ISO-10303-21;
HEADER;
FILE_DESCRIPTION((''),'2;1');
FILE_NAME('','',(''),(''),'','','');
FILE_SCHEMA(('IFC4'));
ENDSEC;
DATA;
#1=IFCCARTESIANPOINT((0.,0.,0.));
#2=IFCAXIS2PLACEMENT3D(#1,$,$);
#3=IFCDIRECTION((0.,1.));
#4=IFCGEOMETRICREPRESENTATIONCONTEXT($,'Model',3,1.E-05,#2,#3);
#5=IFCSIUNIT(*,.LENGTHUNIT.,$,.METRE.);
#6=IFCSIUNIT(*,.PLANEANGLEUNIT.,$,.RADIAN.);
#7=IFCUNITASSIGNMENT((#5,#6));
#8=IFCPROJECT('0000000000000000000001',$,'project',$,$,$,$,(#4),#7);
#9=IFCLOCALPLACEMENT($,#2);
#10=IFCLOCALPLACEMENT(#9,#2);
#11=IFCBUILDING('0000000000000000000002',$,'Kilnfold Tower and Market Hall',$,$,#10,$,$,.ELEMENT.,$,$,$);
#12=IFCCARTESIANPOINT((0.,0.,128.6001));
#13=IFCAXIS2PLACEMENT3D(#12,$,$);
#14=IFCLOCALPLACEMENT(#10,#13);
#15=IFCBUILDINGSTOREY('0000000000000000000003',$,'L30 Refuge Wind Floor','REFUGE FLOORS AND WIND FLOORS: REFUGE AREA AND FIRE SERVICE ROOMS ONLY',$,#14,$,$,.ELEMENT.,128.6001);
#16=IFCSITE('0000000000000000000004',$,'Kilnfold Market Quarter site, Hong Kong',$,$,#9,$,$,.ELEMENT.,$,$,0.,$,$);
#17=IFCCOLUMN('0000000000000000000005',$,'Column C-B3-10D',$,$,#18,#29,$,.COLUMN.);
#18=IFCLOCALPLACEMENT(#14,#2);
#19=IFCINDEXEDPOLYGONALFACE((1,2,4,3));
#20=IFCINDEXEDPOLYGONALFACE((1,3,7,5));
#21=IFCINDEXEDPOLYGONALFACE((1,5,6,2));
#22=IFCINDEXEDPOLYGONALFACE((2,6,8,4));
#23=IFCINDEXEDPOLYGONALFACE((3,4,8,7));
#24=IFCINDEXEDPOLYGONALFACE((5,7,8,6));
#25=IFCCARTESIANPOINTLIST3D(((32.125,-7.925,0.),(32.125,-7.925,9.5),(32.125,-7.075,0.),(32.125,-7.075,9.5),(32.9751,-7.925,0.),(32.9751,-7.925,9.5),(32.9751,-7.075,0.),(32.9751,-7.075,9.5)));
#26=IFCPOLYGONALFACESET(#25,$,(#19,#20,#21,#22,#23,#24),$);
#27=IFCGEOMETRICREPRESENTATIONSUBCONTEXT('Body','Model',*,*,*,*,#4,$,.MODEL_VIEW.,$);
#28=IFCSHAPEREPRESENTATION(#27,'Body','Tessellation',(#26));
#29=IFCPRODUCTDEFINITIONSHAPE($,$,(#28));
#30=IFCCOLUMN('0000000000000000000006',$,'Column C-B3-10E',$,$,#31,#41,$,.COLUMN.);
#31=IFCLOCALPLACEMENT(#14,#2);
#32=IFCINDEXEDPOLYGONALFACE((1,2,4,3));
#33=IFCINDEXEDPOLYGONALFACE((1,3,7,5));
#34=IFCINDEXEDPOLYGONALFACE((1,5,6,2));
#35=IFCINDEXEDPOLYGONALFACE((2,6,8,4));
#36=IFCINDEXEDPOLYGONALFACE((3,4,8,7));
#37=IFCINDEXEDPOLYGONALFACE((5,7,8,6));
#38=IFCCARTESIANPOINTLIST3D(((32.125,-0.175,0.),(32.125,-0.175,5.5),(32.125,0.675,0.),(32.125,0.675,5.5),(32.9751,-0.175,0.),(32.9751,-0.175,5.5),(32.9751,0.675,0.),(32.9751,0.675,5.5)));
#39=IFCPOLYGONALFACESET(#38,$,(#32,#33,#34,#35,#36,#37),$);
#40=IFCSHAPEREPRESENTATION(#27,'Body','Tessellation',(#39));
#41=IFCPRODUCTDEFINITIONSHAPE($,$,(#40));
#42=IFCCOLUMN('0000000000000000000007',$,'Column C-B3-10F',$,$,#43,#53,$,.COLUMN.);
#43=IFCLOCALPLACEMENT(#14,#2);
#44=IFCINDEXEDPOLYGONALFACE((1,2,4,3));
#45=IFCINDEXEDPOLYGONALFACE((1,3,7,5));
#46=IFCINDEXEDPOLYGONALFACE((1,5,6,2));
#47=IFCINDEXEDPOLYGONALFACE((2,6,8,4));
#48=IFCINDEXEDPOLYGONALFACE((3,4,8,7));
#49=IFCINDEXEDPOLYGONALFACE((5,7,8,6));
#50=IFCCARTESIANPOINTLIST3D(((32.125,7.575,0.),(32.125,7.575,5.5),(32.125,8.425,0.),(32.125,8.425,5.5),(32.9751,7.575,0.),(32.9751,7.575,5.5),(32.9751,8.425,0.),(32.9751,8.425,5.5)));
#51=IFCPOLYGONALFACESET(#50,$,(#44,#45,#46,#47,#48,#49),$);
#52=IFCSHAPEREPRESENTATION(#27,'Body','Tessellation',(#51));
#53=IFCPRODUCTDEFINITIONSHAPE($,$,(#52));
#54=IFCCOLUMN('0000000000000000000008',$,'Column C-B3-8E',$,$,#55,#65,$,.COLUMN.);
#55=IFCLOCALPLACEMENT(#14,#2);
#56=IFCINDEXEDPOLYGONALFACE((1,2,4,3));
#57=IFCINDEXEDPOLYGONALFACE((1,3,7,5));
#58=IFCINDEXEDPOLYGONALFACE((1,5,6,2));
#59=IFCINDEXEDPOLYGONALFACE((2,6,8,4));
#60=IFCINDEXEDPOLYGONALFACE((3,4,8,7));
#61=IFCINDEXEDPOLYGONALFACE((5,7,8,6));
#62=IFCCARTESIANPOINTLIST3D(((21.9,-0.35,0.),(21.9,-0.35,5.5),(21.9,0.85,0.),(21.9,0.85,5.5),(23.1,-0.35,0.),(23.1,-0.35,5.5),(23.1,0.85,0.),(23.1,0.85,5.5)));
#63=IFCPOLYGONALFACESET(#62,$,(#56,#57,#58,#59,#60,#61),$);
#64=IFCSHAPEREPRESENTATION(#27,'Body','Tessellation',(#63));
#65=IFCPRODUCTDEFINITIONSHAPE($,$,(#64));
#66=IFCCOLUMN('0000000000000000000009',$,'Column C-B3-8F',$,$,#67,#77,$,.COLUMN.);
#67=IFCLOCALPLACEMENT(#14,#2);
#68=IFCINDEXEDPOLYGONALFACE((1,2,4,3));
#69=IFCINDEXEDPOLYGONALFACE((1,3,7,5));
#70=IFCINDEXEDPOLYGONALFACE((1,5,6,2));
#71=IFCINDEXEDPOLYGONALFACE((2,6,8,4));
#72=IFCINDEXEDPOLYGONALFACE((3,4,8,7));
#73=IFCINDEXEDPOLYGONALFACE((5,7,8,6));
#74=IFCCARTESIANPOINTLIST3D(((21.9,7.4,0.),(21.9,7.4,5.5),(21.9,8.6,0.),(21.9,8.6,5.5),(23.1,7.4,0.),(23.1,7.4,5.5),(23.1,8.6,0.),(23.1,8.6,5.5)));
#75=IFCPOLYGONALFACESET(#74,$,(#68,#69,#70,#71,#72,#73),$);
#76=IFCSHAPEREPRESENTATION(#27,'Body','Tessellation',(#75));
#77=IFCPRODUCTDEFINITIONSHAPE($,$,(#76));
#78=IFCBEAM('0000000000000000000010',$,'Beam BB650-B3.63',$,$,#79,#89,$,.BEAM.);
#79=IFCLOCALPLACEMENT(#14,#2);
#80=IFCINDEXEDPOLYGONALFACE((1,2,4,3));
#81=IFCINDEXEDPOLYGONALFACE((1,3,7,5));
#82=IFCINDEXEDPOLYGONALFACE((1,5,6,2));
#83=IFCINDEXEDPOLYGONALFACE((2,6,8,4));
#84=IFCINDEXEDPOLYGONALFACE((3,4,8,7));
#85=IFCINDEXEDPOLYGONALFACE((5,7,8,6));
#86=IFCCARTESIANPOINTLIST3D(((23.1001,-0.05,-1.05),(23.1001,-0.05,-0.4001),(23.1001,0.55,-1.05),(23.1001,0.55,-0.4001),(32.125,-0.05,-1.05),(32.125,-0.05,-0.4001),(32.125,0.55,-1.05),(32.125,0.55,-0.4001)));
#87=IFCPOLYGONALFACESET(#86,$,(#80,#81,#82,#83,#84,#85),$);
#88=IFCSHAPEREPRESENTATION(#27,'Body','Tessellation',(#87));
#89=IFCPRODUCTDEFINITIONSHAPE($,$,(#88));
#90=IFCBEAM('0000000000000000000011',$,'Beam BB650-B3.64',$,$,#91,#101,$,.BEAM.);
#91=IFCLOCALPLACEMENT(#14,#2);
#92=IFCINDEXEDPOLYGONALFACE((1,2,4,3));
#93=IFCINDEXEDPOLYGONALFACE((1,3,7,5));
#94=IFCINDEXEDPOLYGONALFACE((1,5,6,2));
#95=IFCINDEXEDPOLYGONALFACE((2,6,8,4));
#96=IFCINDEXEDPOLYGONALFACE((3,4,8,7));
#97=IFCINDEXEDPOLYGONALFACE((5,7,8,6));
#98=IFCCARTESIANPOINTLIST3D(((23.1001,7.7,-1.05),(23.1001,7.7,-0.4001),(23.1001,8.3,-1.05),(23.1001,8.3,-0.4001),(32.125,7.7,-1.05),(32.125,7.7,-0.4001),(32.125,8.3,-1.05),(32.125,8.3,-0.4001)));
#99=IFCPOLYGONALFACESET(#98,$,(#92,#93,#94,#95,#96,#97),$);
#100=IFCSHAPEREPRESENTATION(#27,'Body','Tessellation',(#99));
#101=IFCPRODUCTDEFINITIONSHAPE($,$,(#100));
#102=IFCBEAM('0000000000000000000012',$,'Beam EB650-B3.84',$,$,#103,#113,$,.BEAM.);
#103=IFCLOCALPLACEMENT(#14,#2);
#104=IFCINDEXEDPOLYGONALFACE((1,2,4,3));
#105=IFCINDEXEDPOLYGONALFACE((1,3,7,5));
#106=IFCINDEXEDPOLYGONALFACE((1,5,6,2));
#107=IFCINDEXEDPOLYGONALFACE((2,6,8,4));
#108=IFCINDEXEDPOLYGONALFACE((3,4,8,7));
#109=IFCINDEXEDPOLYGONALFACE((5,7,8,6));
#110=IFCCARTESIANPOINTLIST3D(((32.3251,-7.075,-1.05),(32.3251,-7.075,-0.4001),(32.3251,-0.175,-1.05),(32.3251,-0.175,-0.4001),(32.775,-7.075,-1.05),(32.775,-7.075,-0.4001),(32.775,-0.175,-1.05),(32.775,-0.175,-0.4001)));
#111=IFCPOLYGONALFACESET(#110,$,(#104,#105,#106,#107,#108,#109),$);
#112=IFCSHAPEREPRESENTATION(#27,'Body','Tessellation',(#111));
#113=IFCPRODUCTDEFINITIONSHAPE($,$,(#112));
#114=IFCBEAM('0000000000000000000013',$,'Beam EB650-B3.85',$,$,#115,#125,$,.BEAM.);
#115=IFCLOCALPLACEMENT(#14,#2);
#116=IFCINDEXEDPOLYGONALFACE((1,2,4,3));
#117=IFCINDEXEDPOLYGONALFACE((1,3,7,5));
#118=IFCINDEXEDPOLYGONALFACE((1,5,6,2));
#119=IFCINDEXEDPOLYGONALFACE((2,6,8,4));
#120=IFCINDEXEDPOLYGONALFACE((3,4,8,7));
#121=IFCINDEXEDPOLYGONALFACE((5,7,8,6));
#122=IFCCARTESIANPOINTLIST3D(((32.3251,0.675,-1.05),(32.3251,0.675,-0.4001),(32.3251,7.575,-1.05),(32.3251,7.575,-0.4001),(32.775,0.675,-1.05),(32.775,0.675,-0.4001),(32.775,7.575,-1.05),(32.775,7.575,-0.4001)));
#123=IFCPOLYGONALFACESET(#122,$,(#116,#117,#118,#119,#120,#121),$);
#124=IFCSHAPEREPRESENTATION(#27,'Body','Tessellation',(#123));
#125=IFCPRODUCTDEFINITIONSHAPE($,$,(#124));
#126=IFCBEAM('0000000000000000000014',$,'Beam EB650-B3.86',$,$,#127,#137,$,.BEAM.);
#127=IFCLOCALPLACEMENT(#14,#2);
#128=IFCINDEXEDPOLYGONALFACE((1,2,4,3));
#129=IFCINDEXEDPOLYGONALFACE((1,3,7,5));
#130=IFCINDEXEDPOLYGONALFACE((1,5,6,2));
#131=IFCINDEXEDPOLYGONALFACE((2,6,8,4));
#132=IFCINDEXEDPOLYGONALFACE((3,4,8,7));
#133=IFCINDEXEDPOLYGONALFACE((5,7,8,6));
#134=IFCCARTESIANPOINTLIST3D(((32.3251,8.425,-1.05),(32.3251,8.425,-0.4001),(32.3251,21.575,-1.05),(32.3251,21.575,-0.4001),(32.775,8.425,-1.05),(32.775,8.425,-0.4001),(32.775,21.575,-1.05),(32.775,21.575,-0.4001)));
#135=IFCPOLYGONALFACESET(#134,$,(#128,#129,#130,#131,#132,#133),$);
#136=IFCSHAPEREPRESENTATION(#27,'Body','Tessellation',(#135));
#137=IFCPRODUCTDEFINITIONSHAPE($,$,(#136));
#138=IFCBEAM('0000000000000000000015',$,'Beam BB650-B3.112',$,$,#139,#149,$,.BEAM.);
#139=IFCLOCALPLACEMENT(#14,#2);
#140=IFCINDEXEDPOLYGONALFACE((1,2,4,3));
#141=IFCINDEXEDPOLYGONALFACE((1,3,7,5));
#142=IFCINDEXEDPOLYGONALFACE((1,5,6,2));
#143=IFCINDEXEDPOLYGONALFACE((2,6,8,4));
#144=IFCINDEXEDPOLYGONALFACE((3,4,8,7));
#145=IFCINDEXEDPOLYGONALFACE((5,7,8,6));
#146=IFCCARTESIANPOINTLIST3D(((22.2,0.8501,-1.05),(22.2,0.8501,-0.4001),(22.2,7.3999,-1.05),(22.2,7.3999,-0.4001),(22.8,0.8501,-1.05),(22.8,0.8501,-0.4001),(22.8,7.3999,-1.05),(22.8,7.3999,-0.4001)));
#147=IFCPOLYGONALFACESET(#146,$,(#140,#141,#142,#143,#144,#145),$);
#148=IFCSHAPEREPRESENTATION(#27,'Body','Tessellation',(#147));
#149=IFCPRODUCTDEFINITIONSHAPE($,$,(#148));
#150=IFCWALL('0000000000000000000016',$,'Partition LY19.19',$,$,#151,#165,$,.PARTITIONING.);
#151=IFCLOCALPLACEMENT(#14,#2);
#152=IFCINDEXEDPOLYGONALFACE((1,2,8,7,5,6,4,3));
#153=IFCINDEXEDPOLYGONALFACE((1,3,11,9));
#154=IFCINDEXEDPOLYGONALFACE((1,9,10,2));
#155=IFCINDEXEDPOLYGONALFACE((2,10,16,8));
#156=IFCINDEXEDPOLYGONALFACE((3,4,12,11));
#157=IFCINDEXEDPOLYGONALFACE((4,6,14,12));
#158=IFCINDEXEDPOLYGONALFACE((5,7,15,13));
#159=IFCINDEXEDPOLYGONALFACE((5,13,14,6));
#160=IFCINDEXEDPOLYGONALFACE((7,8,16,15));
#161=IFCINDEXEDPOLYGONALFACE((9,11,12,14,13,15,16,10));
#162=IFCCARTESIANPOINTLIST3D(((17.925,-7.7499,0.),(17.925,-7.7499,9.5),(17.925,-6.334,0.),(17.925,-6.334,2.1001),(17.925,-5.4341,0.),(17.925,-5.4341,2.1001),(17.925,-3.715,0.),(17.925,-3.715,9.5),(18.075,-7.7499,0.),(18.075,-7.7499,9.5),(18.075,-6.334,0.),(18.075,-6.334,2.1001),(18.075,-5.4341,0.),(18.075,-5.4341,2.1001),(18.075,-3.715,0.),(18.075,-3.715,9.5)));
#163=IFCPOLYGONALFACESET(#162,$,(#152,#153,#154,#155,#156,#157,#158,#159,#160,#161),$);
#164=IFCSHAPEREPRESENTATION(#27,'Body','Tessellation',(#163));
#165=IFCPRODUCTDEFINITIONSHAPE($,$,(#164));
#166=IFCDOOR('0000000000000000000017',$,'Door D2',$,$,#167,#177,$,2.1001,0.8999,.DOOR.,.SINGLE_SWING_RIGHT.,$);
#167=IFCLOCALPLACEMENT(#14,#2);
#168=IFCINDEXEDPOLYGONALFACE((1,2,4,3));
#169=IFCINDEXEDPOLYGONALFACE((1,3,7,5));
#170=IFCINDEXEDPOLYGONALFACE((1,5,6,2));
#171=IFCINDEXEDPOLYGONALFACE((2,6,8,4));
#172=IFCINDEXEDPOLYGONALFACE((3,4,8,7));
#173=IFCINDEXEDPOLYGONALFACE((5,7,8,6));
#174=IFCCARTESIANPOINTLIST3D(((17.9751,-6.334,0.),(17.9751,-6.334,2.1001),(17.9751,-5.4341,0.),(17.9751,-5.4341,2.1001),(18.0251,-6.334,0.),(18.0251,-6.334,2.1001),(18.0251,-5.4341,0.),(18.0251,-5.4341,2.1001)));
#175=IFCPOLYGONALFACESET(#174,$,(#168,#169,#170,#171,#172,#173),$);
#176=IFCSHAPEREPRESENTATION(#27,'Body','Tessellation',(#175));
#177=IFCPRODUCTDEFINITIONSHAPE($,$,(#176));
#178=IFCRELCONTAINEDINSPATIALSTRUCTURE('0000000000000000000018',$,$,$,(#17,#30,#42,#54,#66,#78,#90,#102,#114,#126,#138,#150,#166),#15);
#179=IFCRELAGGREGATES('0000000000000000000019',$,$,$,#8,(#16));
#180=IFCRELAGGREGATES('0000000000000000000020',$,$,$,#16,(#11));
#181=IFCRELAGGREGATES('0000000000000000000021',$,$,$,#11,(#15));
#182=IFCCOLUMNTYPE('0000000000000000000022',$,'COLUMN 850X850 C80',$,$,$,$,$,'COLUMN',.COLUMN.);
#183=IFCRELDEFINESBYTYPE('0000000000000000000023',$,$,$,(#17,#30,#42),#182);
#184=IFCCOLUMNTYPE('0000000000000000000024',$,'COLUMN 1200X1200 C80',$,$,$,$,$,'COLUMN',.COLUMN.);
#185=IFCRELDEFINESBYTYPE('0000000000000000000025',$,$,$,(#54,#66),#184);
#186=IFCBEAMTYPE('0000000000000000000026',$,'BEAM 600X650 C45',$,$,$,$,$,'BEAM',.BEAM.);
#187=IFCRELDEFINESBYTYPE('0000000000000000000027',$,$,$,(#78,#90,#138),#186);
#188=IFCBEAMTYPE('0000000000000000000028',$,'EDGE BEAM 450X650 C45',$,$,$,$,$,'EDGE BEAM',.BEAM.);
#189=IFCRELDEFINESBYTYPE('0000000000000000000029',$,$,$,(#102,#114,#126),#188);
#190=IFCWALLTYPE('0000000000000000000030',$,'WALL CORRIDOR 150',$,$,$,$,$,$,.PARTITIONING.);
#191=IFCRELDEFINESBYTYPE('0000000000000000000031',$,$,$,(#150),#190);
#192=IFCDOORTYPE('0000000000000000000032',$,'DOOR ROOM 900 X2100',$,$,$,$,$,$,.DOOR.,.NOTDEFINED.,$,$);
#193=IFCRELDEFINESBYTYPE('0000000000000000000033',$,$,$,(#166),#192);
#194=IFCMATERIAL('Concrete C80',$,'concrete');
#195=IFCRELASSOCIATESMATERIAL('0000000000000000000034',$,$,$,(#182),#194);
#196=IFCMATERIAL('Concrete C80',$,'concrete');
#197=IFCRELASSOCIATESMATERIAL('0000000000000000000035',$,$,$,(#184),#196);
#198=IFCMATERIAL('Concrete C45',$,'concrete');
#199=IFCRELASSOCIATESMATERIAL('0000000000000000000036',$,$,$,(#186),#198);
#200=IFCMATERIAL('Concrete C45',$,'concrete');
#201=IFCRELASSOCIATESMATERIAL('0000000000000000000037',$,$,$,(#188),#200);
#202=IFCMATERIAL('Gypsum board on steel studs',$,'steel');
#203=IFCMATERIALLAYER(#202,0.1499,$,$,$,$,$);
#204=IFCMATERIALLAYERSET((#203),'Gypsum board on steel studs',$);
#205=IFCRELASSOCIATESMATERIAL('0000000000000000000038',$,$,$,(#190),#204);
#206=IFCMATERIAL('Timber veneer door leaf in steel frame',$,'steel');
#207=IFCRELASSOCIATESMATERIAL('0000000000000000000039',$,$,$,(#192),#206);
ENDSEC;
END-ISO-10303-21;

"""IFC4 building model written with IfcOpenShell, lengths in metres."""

from ifc_helpers import new_model, si_unit, direction, frame, frame_2d, origin, origin_2d, place, context, subcontext, project, spatial, rectangle, extrude, source, transform, mapped, material, layer, layer_set, material_profile, profile_set, type_object, element, fill, save


model = new_model("IFC4")

# Units and contexts
model_context = context("Model", 3, precision=1e-05, world=origin(), true_north=direction((0.0, 1.0)))
body_context = subcontext(model_context, "Body", "Model", "MODEL_VIEW")
ifc_project = project(units=[si_unit("LENGTHUNIT", "METRE"), si_unit("PLANEANGLEUNIT", "RADIAN")], contexts=[model_context])

# Site, building, storey
site_placement = place(None, origin())
site = spatial("IfcSite", under=ifc_project, at=site_placement, Name="Kilnfold Market Quarter site, Hong Kong", CompositionType="ELEMENT", RefElevation=0.0)
building_placement = place(site_placement, origin())
building = spatial("IfcBuilding", under=site, at=building_placement, Name="Kilnfold Tower and Market Hall", CompositionType="ELEMENT")
storey_placement = place(building_placement, frame((0.0, 0.0, 128.6001)))
storey = spatial("IfcBuildingStorey", under=building, at=storey_placement, Name="L30 Refuge Wind Floor", Description="REFUGE FLOORS AND WIND FLOORS: REFUGE AREA AND FIRE SERVICE ROOMS ONLY", CompositionType="ELEMENT", Elevation=128.6001)

# Columns
ifc_material_1 = material(Name="Concrete C80", Category="concrete")
ifc_material_profile_1 = material_profile(ifc_material_1, rectangle(XDim=0.8501, YDim=0.8501, at=origin_2d()), Name="RC 850x850")
ifc_profile_set_1 = profile_set([ifc_material_profile_1], Name="Concrete C80")
column_type_1 = type_object("IfcColumnType", Name="COLUMN 850X850 C80", ElementType="COLUMN", PredefinedType="COLUMN", material=ifc_profile_set_1)
shared_shape_1 = source(origin(), body_context, "Body", "SweptSolid", [
    extrude(rectangle(XDim=0.8501, YDim=0.8501, at=origin_2d()), origin(), (0.0, 0.0, 1.0), 9.5),
])
column_placement = place(storey_placement, frame((32.55, -7.5, 0.0), z_axis=(0.0, 0.0, 1.0), x_axis=(1.0, 0.0, 0.0)))
element("IfcColumn", 1, at=column_placement, inside=storey, type_object=column_type_1, Name="Column C-B3-10D", PredefinedType="COLUMN", context=body_context, shape_type="MappedRepresentation", body=[
    mapped(shared_shape_1, transform((0.0, 0.0, 0.0))),
])
shared_shape_2 = source(origin(), body_context, "Body", "SweptSolid", [
    extrude(rectangle(XDim=0.8501, YDim=0.8501, at=origin_2d()), origin(), (0.0, 0.0, 1.0), 5.5),
])
for number, where, z_axis, x_axis, name in (
    (2, (32.55, 0.25, 0.0), (0.0, 0.0, 1.0), (1.0, 0.0, 0.0), "Column C-B3-10E"),
    (3, (32.55, 8.0, 0.0), (0.0, 0.0, 1.0), (1.0, 0.0, 0.0), "Column C-B3-10F"),
):
    element("IfcColumn", number, at=place(storey_placement, frame(where, z_axis=z_axis, x_axis=x_axis)), inside=storey, type_object=column_type_1, Name=name, PredefinedType="COLUMN", context=body_context, shape_type="MappedRepresentation", body=[
        mapped(shared_shape_2, transform((0.0, 0.0, 0.0))),
    ])
ifc_material_2 = material(Name="Concrete C80", Category="concrete")
ifc_material_profile_2 = material_profile(ifc_material_2, rectangle(XDim=1.2, YDim=1.2, at=origin_2d()), Name="RC 1200x1200")
ifc_profile_set_2 = profile_set([ifc_material_profile_2], Name="Concrete C80")
column_type_2 = type_object("IfcColumnType", Name="COLUMN 1200X1200 C80", ElementType="COLUMN", PredefinedType="COLUMN", material=ifc_profile_set_2)
shared_shape_3 = source(origin(), body_context, "Body", "SweptSolid", [
    extrude(rectangle(XDim=1.2, YDim=1.2, at=origin_2d()), origin(), (0.0, 0.0, 1.0), 5.5),
])
for number, where, z_axis, x_axis, name in (
    (4, (22.5, 0.25, 0.0), (0.0, 0.0, 1.0), (1.0, 0.0, 0.0), "Column C-B3-8E"),
    (5, (22.5, 8.0, 0.0), (0.0, 0.0, 1.0), (1.0, 0.0, 0.0), "Column C-B3-8F"),
):
    element("IfcColumn", number, at=place(storey_placement, frame(where, z_axis=z_axis, x_axis=x_axis)), inside=storey, type_object=column_type_2, Name=name, PredefinedType="COLUMN", context=body_context, shape_type="MappedRepresentation", body=[
        mapped(shared_shape_3, transform((0.0, 0.0, 0.0))),
    ])

# Beams
ifc_material_3 = material(Name="Concrete C45", Category="concrete")
ifc_material_profile_3 = material_profile(ifc_material_3, rectangle(XDim=0.6001, YDim=0.6499, at=origin_2d()), Name="RC 600x650")
ifc_profile_set_3 = profile_set([ifc_material_profile_3], Name="Concrete C45")
beam_type_1 = type_object("IfcBeamType", Name="BEAM 600X650 C45", ElementType="BEAM", PredefinedType="BEAM", material=ifc_profile_set_3)
shared_shape_4 = source(origin(), body_context, "Body", "SweptSolid", [
    extrude(rectangle(XDim=0.6001, YDim=0.6499, at=origin_2d()), origin(), (0.0, 0.0, 1.0), 9.0249),
])
for number, where, z_axis, x_axis, name in (
    (6, (23.1001, 0.25, -0.7251), (1.0, 0.0, 0.0), (0.0, 1.0, 0.0), "Beam BB650-B3.63"),
    (7, (23.1001, 8.0, -0.7251), (1.0, 0.0, 0.0), (0.0, 1.0, 0.0), "Beam BB650-B3.64"),
):
    element("IfcBeam", number, at=place(storey_placement, frame(where, z_axis=z_axis, x_axis=x_axis)), inside=storey, type_object=beam_type_1, Name=name, PredefinedType="BEAM", context=body_context, shape_type="MappedRepresentation", body=[
        mapped(shared_shape_4, transform((0.0, 0.0, 0.0))),
    ])
ifc_material_4 = material(Name="Concrete C45", Category="concrete")
ifc_material_profile_4 = material_profile(ifc_material_4, rectangle(XDim=0.45, YDim=0.6499, at=origin_2d()), Name="RC 450x650")
ifc_profile_set_4 = profile_set([ifc_material_profile_4], Name="Concrete C45")
beam_type_2 = type_object("IfcBeamType", Name="EDGE BEAM 450X650 C45", ElementType="EDGE BEAM", PredefinedType="BEAM", material=ifc_profile_set_4)
shared_shape_5 = source(origin(), body_context, "Body", "SweptSolid", [
    extrude(rectangle(XDim=0.45, YDim=0.6499, at=origin_2d()), origin(), (0.0, 0.0, 1.0), 6.8999),
])
for number, where, z_axis, x_axis, name in (
    (8, (32.55, -7.075, -0.7251), (0.0, 1.0, 0.0), (-1.0, 0.0, 0.0), "Beam EB650-B3.84"),
    (9, (32.55, 0.675, -0.7251), (0.0, 1.0, 0.0), (-1.0, 0.0, 0.0), "Beam EB650-B3.85"),
):
    element("IfcBeam", number, at=place(storey_placement, frame(where, z_axis=z_axis, x_axis=x_axis)), inside=storey, type_object=beam_type_2, Name=name, PredefinedType="BEAM", context=body_context, shape_type="MappedRepresentation", body=[
        mapped(shared_shape_5, transform((0.0, 0.0, 0.0))),
    ])
shared_shape_6 = source(origin(), body_context, "Body", "SweptSolid", [
    extrude(rectangle(XDim=0.45, YDim=0.6499, at=origin_2d()), origin(), (0.0, 0.0, 1.0), 13.1499),
])
beam_1_placement = place(storey_placement, frame((32.55, 8.425, -0.7251), z_axis=(0.0, 1.0, 0.0), x_axis=(-1.0, 0.0, 0.0)))
element("IfcBeam", 10, at=beam_1_placement, inside=storey, type_object=beam_type_2, Name="Beam EB650-B3.86", PredefinedType="BEAM", context=body_context, shape_type="MappedRepresentation", body=[
    mapped(shared_shape_6, transform((0.0, 0.0, 0.0))),
])
shared_shape_7 = source(origin(), body_context, "Body", "SweptSolid", [
    extrude(rectangle(XDim=0.6001, YDim=0.6499, at=origin_2d()), origin(), (0.0, 0.0, 1.0), 6.5498),
])
beam_2_placement = place(storey_placement, frame((22.5, 0.8501, -0.7251), z_axis=(0.0, 1.0, 0.0), x_axis=(-1.0, 0.0, 0.0)))
element("IfcBeam", 11, at=beam_2_placement, inside=storey, type_object=beam_type_1, Name="Beam BB650-B3.112", PredefinedType="BEAM", context=body_context, shape_type="MappedRepresentation", body=[
    mapped(shared_shape_7, transform((0.0, 0.0, 0.0))),
])

# Wall, opening, door
ifc_material_5 = material(Name="Gypsum board on steel studs", Category="steel")
ifc_layer_1 = layer(ifc_material_5, 0.1499)
ifc_layer_set_1 = layer_set([ifc_layer_1], Name="Gypsum board on steel studs")
wall_type_1 = type_object("IfcWallType", Name="WALL CORRIDOR 150", PredefinedType="PARTITIONING", material=ifc_layer_set_1)
wall_1_placement = place(storey_placement, frame((18.0, -7.75, 0.0), z_axis=(0.0, 0.0, 1.0), x_axis=(0.0, 1.0, 0.0)))
wall_1 = element("IfcWall", 12, at=wall_1_placement, inside=storey, type_object=wall_type_1, Name="Partition LY19.19", PredefinedType="PARTITIONING", context=body_context, shape_type="SweptSolid", body=[
    extrude(rectangle(XDim=4.0349, YDim=0.1499, at=frame_2d((2.0176, 0.0))), origin(), (0.0, 0.0, 1.0), 9.5),
])
opening_1_placement = place(wall_1_placement, frame((1.416, 0.0, 0.0)))
opening_1 = element("IfcOpeningElement", 13, at=opening_1_placement, cuts=wall_1, PredefinedType="OPENING", context=body_context, shape_type="SweptSolid", body=[
    extrude(rectangle(XDim=0.8999, YDim=2.1001, at=frame_2d((0.45, 1.05))), frame((0.0, 0.085, 0.0), z_axis=(0.0, -1.0, 0.0), x_axis=(1.0, 0.0, 0.0)), (0.0, 0.0, 1.0), 0.1699),
])
ifc_material_6 = material(Name="Timber veneer door leaf in steel frame", Category="steel")
door_type_1 = type_object("IfcDoorType", Name="DOOR ROOM 900 X2100", OperationType="NOTDEFINED", PredefinedType="DOOR", material=ifc_material_6)
door_1_placement = place(opening_1_placement, origin())
door_1 = element("IfcDoor", 14, at=door_1_placement, inside=storey, type_object=door_type_1, Name="Door D2", OperationType="SINGLE_SWING_RIGHT", OverallHeight=2.1001, OverallWidth=0.8999, PredefinedType="DOOR", context=body_context, shape_type="SweptSolid", body=[
    extrude(rectangle(XDim=0.8999, YDim=2.1001, at=frame_2d((0.45, 1.05))), frame((0.0, 0.0249, 0.0), z_axis=(0.0, -1.0, 0.0), x_axis=(1.0, 0.0, 0.0)), (0.0, 0.0, 1.0), 0.05),
])
fill(opening_1, door_1)

save(model, "model.ifc")
